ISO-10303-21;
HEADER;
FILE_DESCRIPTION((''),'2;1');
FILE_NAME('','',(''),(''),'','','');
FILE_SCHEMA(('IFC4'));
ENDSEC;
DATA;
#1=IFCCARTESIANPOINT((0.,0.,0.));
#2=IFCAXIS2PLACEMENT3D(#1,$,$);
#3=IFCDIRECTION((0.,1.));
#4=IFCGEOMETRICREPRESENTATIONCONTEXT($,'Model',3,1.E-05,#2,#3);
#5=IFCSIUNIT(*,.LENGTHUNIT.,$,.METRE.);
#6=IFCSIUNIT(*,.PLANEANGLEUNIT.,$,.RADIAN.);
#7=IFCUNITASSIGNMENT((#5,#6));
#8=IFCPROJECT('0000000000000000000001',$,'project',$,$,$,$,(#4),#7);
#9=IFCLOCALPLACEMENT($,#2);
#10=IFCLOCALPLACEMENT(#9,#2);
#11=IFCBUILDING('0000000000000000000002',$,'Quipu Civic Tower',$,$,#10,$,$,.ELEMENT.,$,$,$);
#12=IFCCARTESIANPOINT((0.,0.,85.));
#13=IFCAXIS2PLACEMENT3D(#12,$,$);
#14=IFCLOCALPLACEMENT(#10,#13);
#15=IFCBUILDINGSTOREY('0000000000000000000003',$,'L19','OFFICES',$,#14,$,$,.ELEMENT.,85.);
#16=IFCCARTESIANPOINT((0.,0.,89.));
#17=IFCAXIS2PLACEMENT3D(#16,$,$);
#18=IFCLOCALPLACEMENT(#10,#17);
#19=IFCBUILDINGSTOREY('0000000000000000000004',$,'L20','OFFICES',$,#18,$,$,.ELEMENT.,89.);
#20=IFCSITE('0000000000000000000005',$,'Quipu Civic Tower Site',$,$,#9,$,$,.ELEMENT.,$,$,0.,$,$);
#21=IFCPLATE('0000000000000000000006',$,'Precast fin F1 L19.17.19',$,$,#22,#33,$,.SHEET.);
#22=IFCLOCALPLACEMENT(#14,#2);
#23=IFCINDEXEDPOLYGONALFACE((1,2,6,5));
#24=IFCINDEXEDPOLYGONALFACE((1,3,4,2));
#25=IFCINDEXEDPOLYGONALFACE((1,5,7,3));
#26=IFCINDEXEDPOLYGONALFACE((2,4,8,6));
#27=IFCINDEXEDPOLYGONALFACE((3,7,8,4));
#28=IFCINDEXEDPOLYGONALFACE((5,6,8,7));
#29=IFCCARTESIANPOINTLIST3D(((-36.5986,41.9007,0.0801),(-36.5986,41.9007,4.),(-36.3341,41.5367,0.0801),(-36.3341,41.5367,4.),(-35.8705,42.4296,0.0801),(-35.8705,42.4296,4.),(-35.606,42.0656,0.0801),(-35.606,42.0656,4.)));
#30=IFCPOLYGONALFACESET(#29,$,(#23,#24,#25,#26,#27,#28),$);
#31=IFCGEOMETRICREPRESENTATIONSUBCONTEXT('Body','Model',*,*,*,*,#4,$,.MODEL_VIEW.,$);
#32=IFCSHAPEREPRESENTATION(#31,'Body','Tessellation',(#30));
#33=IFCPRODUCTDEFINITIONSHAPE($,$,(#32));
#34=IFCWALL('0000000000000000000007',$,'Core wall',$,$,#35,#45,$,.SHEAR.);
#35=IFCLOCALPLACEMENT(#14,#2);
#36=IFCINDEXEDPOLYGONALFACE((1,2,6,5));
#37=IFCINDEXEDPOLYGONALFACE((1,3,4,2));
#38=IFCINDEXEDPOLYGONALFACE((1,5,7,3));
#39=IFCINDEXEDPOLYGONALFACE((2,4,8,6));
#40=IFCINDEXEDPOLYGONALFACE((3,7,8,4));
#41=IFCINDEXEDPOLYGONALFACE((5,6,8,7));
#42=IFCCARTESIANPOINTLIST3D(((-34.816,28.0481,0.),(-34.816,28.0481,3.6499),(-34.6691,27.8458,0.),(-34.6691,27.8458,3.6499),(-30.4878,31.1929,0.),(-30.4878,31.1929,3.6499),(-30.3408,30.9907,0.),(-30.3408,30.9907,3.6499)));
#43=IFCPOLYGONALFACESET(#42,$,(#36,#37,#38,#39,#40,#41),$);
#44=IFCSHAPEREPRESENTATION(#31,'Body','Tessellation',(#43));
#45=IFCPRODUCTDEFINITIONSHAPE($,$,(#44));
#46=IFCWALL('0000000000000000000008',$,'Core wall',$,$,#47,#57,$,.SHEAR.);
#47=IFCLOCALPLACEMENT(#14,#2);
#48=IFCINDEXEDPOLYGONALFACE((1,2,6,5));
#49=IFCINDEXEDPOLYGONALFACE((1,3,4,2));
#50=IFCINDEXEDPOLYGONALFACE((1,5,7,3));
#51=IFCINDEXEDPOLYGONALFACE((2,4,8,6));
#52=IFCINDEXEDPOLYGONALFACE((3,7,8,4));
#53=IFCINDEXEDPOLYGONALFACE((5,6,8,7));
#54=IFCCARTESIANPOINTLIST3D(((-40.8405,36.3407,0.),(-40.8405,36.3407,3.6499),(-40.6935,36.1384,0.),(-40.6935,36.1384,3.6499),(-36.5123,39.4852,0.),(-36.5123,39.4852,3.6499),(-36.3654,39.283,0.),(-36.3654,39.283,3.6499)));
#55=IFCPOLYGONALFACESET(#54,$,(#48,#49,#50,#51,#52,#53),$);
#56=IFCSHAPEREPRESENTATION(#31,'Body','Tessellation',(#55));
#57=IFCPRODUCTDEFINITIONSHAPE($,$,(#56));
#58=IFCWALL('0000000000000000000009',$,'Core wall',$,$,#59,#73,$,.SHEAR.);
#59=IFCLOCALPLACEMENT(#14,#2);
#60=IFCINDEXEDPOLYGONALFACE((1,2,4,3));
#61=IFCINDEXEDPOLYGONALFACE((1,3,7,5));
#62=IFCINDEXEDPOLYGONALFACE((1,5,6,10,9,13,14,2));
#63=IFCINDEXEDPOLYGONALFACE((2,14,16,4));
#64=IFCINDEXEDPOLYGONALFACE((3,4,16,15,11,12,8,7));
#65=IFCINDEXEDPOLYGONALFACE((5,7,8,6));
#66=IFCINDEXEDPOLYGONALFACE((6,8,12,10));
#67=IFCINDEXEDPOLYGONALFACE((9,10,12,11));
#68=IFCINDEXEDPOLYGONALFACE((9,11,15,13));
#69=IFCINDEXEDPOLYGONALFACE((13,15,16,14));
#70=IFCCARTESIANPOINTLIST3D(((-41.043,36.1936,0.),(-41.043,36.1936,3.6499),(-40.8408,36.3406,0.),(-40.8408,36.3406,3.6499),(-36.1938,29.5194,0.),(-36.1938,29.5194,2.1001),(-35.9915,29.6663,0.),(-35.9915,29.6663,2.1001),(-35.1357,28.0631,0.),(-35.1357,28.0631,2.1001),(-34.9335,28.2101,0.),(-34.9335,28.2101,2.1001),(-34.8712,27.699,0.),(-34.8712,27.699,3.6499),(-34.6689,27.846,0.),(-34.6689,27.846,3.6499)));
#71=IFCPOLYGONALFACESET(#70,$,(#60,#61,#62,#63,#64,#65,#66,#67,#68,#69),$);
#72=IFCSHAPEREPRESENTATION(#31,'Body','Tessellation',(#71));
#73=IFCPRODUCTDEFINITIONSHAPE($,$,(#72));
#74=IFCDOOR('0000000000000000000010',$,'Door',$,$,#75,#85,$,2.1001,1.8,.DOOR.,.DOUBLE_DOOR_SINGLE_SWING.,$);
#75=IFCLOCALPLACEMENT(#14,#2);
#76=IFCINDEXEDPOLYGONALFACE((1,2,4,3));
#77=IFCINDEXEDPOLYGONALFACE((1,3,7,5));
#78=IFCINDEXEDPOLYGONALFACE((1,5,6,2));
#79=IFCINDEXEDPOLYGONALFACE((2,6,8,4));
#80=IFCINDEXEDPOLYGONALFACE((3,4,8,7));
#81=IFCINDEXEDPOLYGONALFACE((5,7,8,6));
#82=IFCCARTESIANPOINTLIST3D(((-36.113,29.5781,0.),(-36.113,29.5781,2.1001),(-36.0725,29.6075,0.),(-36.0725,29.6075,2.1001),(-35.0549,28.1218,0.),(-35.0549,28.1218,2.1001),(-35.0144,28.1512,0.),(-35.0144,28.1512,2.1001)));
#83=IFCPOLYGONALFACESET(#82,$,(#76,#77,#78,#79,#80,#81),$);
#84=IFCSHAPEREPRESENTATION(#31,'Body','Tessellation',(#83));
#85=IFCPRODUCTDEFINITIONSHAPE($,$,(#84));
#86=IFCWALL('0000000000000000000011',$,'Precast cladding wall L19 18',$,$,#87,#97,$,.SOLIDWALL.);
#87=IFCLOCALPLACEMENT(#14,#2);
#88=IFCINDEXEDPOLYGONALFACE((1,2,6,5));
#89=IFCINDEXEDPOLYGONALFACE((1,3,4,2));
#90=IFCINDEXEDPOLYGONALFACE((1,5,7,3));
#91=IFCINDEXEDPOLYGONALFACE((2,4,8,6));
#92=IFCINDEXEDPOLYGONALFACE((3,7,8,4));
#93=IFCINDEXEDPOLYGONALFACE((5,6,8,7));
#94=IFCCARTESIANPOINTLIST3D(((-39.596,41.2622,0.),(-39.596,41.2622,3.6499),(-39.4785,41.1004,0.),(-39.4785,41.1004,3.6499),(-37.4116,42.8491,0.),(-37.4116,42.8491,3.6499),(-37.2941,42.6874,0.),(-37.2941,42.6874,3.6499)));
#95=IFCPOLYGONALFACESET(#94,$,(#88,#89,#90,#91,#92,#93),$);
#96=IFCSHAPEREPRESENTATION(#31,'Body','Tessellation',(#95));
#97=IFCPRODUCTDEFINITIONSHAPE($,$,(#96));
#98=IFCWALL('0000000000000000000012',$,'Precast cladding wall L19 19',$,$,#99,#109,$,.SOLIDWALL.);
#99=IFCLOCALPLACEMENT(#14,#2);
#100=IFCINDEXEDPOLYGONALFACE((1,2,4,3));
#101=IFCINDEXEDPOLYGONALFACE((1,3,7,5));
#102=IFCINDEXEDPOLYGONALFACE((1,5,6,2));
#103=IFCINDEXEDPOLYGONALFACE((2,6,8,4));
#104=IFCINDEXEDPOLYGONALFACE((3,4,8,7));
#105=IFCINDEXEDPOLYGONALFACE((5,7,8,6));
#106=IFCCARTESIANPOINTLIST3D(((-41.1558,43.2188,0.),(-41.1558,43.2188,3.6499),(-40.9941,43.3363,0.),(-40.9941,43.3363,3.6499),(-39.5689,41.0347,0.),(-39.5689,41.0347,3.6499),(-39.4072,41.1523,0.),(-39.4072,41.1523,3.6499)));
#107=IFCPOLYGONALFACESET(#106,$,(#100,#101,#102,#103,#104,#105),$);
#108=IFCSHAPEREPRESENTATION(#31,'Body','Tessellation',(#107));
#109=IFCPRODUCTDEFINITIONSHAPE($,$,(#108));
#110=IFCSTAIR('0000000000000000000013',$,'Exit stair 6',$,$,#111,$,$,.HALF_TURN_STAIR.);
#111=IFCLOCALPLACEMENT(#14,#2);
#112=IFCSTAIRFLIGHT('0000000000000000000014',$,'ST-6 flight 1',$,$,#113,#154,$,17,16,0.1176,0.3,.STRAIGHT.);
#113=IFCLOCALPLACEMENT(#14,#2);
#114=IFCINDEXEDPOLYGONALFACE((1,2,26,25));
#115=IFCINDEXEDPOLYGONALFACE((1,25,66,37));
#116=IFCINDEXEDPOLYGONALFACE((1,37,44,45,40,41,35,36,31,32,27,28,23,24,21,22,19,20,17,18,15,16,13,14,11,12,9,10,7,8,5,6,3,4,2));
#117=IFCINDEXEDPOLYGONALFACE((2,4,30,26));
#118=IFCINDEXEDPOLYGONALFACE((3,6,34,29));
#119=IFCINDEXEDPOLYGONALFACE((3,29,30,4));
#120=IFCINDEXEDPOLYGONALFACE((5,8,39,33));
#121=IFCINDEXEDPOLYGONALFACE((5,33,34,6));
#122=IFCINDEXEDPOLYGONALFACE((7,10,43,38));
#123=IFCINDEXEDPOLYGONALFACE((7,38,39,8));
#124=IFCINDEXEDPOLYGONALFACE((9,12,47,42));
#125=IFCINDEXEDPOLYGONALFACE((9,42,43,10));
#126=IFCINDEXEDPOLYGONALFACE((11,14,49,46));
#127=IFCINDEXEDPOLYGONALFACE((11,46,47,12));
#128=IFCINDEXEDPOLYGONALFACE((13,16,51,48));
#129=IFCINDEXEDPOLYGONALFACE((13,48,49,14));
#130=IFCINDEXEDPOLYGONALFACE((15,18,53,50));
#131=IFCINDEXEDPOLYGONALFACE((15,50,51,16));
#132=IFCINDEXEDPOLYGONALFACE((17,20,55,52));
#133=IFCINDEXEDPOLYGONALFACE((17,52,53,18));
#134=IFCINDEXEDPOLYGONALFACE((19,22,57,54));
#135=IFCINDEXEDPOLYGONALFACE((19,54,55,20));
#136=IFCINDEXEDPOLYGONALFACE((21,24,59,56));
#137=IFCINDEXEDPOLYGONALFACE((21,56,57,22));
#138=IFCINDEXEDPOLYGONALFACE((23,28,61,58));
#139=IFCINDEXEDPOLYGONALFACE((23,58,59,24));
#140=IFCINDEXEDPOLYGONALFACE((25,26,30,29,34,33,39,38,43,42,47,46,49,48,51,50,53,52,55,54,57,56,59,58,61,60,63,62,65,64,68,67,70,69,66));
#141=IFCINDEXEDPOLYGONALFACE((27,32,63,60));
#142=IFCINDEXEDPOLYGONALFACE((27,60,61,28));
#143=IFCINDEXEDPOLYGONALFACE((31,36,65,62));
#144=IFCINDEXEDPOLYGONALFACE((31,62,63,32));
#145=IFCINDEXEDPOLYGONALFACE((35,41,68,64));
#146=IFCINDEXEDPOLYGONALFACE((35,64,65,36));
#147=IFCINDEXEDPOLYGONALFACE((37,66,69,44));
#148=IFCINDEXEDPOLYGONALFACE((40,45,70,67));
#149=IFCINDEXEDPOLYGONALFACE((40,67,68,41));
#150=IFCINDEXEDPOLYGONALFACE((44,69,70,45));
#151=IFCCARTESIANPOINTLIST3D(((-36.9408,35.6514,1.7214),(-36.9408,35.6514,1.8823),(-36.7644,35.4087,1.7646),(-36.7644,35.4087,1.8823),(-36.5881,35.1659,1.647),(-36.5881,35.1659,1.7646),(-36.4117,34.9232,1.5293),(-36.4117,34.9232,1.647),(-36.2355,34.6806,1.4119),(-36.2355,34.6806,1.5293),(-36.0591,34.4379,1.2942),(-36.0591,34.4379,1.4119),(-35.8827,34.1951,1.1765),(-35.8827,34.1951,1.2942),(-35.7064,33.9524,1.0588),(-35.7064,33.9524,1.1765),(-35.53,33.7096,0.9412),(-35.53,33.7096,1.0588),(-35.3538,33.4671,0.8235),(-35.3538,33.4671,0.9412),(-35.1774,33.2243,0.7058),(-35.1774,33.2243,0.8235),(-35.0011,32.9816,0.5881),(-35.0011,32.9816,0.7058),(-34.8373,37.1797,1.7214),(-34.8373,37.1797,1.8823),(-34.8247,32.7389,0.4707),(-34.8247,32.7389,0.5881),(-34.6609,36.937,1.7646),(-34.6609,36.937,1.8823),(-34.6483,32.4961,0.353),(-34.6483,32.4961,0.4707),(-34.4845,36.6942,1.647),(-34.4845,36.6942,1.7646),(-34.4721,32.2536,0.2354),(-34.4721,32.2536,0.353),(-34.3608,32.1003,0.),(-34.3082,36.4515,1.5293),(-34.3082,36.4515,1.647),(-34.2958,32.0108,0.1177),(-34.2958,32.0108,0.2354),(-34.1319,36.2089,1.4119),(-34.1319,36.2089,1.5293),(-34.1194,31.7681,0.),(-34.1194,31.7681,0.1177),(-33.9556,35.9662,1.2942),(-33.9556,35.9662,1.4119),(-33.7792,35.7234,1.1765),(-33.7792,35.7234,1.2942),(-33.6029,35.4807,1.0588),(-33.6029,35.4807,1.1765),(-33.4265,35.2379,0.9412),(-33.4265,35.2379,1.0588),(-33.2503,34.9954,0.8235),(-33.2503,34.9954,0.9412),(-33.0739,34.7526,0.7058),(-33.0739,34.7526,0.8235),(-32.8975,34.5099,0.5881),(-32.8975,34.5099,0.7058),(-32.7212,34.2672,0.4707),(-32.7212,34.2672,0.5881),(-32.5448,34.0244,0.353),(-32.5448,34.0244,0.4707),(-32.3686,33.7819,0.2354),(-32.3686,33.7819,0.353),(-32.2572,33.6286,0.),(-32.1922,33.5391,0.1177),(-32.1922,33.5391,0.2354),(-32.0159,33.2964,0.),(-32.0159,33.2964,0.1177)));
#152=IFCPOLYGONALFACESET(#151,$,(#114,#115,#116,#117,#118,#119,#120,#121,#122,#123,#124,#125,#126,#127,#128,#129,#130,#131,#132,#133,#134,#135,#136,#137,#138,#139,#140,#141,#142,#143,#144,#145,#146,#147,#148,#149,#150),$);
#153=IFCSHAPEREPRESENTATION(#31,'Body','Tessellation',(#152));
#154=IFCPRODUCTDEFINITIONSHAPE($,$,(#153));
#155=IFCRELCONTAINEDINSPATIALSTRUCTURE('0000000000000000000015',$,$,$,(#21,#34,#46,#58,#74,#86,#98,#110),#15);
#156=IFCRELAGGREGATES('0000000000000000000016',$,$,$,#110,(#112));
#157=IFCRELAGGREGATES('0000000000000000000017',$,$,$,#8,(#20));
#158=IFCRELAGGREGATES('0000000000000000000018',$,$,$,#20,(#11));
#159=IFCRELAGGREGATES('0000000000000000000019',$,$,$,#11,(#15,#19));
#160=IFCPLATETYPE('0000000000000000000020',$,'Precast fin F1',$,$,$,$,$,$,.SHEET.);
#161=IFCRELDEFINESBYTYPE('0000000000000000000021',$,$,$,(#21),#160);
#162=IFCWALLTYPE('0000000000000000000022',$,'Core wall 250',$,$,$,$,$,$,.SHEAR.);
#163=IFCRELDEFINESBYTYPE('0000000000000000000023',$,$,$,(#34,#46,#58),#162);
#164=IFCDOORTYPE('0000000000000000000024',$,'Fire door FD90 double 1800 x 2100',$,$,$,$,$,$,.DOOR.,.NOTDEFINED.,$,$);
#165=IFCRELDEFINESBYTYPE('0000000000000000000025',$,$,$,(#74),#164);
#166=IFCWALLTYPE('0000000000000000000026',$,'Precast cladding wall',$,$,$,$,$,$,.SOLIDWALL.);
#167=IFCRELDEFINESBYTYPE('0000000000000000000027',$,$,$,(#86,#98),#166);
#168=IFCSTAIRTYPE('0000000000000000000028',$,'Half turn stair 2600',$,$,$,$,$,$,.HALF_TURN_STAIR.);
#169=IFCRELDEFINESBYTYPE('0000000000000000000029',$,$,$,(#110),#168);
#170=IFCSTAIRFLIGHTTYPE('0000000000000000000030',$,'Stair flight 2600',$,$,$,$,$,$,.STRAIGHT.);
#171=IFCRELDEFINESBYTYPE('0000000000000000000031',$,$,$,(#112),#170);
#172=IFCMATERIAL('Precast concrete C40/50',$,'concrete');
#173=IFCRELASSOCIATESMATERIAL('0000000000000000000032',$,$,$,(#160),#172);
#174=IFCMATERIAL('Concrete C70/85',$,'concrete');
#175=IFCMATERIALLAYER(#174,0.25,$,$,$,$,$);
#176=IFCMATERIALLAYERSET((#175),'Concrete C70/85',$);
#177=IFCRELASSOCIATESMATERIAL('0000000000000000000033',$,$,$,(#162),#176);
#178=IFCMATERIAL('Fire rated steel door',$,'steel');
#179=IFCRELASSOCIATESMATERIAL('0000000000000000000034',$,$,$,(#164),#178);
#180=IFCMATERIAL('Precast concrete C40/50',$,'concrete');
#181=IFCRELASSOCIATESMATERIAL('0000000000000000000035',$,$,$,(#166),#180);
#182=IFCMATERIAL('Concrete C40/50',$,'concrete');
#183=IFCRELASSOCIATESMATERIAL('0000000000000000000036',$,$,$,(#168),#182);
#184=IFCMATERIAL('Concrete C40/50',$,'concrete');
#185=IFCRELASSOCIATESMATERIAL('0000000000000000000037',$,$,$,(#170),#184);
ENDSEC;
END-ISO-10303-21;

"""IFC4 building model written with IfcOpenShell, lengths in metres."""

from ifc_helpers import new_model, si_unit, direction, frame, frame_2d, origin, origin_2d, place, context, subcontext, project, spatial, polyline, rectangle, outline, extrude, material, layer, layer_set, type_object, element, fill, aggregate, save


model = new_model("IFC4")

# Units and contexts
model_context = context("Model", 3, precision=1e-05, world=origin(), true_north=direction((0.0, 1.0)))
body_context = subcontext(model_context, "Body", "Model", "MODEL_VIEW")
ifc_project = project(units=[si_unit("LENGTHUNIT", "METRE"), si_unit("PLANEANGLEUNIT", "RADIAN")], contexts=[model_context])

# Site, building, storey
site_placement = place(None, origin())
site = spatial("IfcSite", under=ifc_project, at=site_placement, Name="Quipu Civic Tower Site", CompositionType="ELEMENT", RefElevation=0.0)
building_placement = place(site_placement, origin())
building = spatial("IfcBuilding", under=site, at=building_placement, Name="Quipu Civic Tower", CompositionType="ELEMENT")
storey_1_placement = place(building_placement, frame((0.0, 0.0, 85.0)))
storey_1 = spatial("IfcBuildingStorey", under=building, at=storey_1_placement, Name="L19", Description="OFFICES", CompositionType="ELEMENT", Elevation=85.0)

# Shared definitions
storey_2_placement = place(building_placement, frame((0.0, 0.0, 89.0)))
storey_2 = spatial("IfcBuildingStorey", under=building, at=storey_2_placement, Name="L20", Description="OFFICES", CompositionType="ELEMENT", Elevation=89.0)

# Plate
ifc_material_1 = material(Name="Precast concrete C40/50", Category="concrete")
plate_type_1 = type_object("IfcPlateType", Name="Precast fin F1", PredefinedType="SHEET", material=ifc_material_1)
for number, where, z_axis, x_axis, name in (
    (1, (-36.1023, 41.9832, 0.0801), (0.0, 0.0, 1.0), (-0.587785, 0.809017, 0.0), "Precast fin F1 L19.17.19"),
):
    element("IfcPlate", number, at=place(storey_1_placement, frame(where, z_axis=z_axis, x_axis=x_axis)), inside=storey_1, type_object=plate_type_1, Name=name, PredefinedType="SHEET", context=body_context, shape_type="SweptSolid", body=[
        extrude(rectangle(XDim=0.45, YDim=0.8999, at=origin_2d()), origin(), (0.0, 0.0, 1.0), 3.9199),
    ])

# Walls
ifc_material_2 = material(Name="Concrete C70/85", Category="concrete")
ifc_layer_1 = layer(ifc_material_2, 0.25)
ifc_layer_set_1 = layer_set([ifc_layer_1], Name="Concrete C70/85")
wall_type_1 = type_object("IfcWallType", Name="Core wall 250", PredefinedType="SHEAR", material=ifc_layer_set_1)
wall_1_placement = place(storey_1_placement, frame((-30.4143, 31.0918, 0.0), z_axis=(0.0, 0.0, 1.0), x_axis=(-0.808998, -0.587811, 0.0)))
element("IfcWall", 2, at=wall_1_placement, inside=storey_1, type_object=wall_type_1, Name="Core wall", PredefinedType="SHEAR", context=body_context, shape_type="SweptSolid", body=[
    extrude(rectangle(XDim=5.3501, YDim=0.25, at=frame_2d((2.675, 0.0))), origin(), (0.0, 0.0, 1.0), 3.6499),
])
wall_2_placement = place(storey_1_placement, frame((-36.439, 39.384, 0.0), z_axis=(0.0, 0.0, 1.0), x_axis=(-0.80902, -0.587781, 0.0)))
element("IfcWall", 3, at=wall_2_placement, inside=storey_1, type_object=wall_type_1, Name="Core wall", PredefinedType="SHEAR", context=body_context, shape_type="SweptSolid", body=[
    extrude(rectangle(XDim=5.3499, YDim=0.25, at=frame_2d((2.6748, 0.0))), origin(), (0.0, 0.0, 1.0), 3.6499),
])

# Wall, opening, door
wall_3_placement = place(storey_1_placement, frame((-40.9419, 36.2671, 0.0), z_axis=(0.0, 0.0, 1.0), x_axis=(0.587796, -0.809009, 0.0)))
wall_3 = element("IfcWall", 4, at=wall_3_placement, inside=storey_1, type_object=wall_type_1, Name="Core wall", PredefinedType="SHEAR", context=body_context, shape_type="SweptSolid", body=[
    extrude(rectangle(XDim=10.5, YDim=0.25, at=frame_2d((5.25, 0.0))), origin(), (0.0, 0.0, 1.0), 3.6499),
])
opening_placement = place(wall_3_placement, frame((8.25, 0.0, 0.0)))
opening = element("IfcOpeningElement", 5, at=opening_placement, cuts=wall_3, PredefinedType="OPENING", context=body_context, shape_type="SweptSolid", body=[
    extrude(rectangle(XDim=1.8, YDim=2.1001, at=frame_2d((0.8999, 1.05))), frame((0.0, 0.135, 0.0), z_axis=(0.0, -1.0, 0.0), x_axis=(1.0, 0.0, 0.0)), (0.0, 0.0, 1.0), 0.27),
])
ifc_material_3 = material(Name="Fire rated steel door", Category="steel")
door_type = type_object("IfcDoorType", Name="Fire door FD90 double 1800 x 2100", OperationType="NOTDEFINED", PredefinedType="DOOR", material=ifc_material_3)
door_placement = place(opening_placement, origin())
door = element("IfcDoor", 6, at=door_placement, inside=storey_1, type_object=door_type, Name="Door", OperationType="DOUBLE_DOOR_SINGLE_SWING", OverallHeight=2.1001, OverallWidth=1.8, PredefinedType="DOOR", context=body_context, shape_type="SweptSolid", body=[
    extrude(rectangle(XDim=1.8, YDim=2.1001, at=frame_2d((0.8999, 1.05))), frame((0.0, 0.0249, 0.0), z_axis=(0.0, -1.0, 0.0), x_axis=(1.0, 0.0, 0.0)), (0.0, 0.0, 1.0), 0.05),
])
fill(opening, door)

# Walls
ifc_material_4 = material(Name="Precast concrete C40/50", Category="concrete")
wall_type_2 = type_object("IfcWallType", Name="Precast cladding wall", PredefinedType="SOLIDWALL", material=ifc_material_4)
wall_4_placement = place(storey_1_placement, frame((-37.3528, 42.7683, 0.0), z_axis=(0.0, 0.0, 1.0), x_axis=(-0.809033, -0.587763, 0.0)))
element("IfcWall", 7, at=wall_4_placement, inside=storey_1, type_object=wall_type_2, Name="Precast cladding wall L19 18", PredefinedType="SOLIDWALL", context=body_context, shape_type="SweptSolid", body=[
    extrude(rectangle(XDim=2.7, YDim=0.2, at=frame_2d((1.3501, 0.0))), origin(), (0.0, 0.0, 1.0), 3.6499),
])
wall_5_placement = place(storey_1_placement, frame((-39.488, 41.0935, 0.0), z_axis=(0.0, 0.0, 1.0), x_axis=(-0.587806, 0.809002, 0.0)))
element("IfcWall", 8, at=wall_5_placement, inside=storey_1, type_object=wall_type_2, Name="Precast cladding wall L19 19", PredefinedType="SOLIDWALL", context=body_context, shape_type="SweptSolid", body=[
    extrude(rectangle(XDim=2.6997, YDim=0.2, at=frame_2d((1.3499, 0.0))), origin(), (0.0, 0.0, 1.0), 3.6499),
])

# Stair, stair flight
ifc_material_5 = material(Name="Concrete C40/50", Category="concrete")
stair_type = type_object("IfcStairType", Name="Half turn stair 2600", PredefinedType="HALF_TURN_STAIR", material=ifc_material_5)
stair_placement = place(storey_1_placement, origin())
stair = element("IfcStair", 9, at=stair_placement, inside=storey_1, type_object=stair_type, Name="Exit stair 6", PredefinedType="HALF_TURN_STAIR")
ifc_material_6 = material(Name="Concrete C40/50", Category="concrete")
stair_flight_type = type_object("IfcStairFlightType", Name="Stair flight 2600", PredefinedType="STRAIGHT", material=ifc_material_6)
stair_flight_1_placement = place(storey_1_placement, frame((-33.0676, 32.5322, 0.0), z_axis=(0.0, 0.0, 1.0), x_axis=(-0.587785, 0.809017, 0.0)))
stair_flight_1 = element("IfcStairFlight", 10, at=stair_flight_1_placement, type_object=stair_flight_type, Name="ST-6 flight 1", NumberOfRisers=17, NumberOfTreads=16, PredefinedType="STRAIGHT", RiserHeight=0.1176, TreadLength=0.3, context=body_context, shape_type="SweptSolid", body=[
    extrude(outline(polyline([(0.0, 0.0), (0.0, 0.1177), (0.3, 0.1177), (0.3, 0.2354), (0.6001, 0.2354), (0.6001, 0.353), (0.8999, 0.353), (0.8999, 0.4707), (1.2, 0.4707), (1.2, 0.5881), (1.5, 0.5881), (1.5, 0.7058), (1.8, 0.7058), (1.8, 0.8235), (2.1001, 0.8235), (2.1001, 0.9412), (2.3999, 0.9412), (2.3999, 1.0588), (2.7, 1.0588), (2.7, 1.1765), (3.0, 1.1765), (3.0, 1.2942), (3.3, 1.2942), (3.3, 1.4119), (3.6001, 1.4119), (3.6001, 1.5293), (3.8999, 1.5293), (3.8999, 1.647), (4.2, 1.647), (4.2, 1.7646), (4.5, 1.7646), (4.5, 1.8823), (4.8, 1.8823), (4.8, 2.0), (4.8, 1.7214), (0.4106, 0.0), (0.0, 0.0)])), frame((0.0, 1.3, 0.0), z_axis=(0.0, -1.0, 0.0), x_axis=(1.0, 0.0, 0.0)), (0.0, 0.0, 1.0), 2.6001),
])
aggregate(stair, [stair_flight_1])

save(model, "model.ifc")
